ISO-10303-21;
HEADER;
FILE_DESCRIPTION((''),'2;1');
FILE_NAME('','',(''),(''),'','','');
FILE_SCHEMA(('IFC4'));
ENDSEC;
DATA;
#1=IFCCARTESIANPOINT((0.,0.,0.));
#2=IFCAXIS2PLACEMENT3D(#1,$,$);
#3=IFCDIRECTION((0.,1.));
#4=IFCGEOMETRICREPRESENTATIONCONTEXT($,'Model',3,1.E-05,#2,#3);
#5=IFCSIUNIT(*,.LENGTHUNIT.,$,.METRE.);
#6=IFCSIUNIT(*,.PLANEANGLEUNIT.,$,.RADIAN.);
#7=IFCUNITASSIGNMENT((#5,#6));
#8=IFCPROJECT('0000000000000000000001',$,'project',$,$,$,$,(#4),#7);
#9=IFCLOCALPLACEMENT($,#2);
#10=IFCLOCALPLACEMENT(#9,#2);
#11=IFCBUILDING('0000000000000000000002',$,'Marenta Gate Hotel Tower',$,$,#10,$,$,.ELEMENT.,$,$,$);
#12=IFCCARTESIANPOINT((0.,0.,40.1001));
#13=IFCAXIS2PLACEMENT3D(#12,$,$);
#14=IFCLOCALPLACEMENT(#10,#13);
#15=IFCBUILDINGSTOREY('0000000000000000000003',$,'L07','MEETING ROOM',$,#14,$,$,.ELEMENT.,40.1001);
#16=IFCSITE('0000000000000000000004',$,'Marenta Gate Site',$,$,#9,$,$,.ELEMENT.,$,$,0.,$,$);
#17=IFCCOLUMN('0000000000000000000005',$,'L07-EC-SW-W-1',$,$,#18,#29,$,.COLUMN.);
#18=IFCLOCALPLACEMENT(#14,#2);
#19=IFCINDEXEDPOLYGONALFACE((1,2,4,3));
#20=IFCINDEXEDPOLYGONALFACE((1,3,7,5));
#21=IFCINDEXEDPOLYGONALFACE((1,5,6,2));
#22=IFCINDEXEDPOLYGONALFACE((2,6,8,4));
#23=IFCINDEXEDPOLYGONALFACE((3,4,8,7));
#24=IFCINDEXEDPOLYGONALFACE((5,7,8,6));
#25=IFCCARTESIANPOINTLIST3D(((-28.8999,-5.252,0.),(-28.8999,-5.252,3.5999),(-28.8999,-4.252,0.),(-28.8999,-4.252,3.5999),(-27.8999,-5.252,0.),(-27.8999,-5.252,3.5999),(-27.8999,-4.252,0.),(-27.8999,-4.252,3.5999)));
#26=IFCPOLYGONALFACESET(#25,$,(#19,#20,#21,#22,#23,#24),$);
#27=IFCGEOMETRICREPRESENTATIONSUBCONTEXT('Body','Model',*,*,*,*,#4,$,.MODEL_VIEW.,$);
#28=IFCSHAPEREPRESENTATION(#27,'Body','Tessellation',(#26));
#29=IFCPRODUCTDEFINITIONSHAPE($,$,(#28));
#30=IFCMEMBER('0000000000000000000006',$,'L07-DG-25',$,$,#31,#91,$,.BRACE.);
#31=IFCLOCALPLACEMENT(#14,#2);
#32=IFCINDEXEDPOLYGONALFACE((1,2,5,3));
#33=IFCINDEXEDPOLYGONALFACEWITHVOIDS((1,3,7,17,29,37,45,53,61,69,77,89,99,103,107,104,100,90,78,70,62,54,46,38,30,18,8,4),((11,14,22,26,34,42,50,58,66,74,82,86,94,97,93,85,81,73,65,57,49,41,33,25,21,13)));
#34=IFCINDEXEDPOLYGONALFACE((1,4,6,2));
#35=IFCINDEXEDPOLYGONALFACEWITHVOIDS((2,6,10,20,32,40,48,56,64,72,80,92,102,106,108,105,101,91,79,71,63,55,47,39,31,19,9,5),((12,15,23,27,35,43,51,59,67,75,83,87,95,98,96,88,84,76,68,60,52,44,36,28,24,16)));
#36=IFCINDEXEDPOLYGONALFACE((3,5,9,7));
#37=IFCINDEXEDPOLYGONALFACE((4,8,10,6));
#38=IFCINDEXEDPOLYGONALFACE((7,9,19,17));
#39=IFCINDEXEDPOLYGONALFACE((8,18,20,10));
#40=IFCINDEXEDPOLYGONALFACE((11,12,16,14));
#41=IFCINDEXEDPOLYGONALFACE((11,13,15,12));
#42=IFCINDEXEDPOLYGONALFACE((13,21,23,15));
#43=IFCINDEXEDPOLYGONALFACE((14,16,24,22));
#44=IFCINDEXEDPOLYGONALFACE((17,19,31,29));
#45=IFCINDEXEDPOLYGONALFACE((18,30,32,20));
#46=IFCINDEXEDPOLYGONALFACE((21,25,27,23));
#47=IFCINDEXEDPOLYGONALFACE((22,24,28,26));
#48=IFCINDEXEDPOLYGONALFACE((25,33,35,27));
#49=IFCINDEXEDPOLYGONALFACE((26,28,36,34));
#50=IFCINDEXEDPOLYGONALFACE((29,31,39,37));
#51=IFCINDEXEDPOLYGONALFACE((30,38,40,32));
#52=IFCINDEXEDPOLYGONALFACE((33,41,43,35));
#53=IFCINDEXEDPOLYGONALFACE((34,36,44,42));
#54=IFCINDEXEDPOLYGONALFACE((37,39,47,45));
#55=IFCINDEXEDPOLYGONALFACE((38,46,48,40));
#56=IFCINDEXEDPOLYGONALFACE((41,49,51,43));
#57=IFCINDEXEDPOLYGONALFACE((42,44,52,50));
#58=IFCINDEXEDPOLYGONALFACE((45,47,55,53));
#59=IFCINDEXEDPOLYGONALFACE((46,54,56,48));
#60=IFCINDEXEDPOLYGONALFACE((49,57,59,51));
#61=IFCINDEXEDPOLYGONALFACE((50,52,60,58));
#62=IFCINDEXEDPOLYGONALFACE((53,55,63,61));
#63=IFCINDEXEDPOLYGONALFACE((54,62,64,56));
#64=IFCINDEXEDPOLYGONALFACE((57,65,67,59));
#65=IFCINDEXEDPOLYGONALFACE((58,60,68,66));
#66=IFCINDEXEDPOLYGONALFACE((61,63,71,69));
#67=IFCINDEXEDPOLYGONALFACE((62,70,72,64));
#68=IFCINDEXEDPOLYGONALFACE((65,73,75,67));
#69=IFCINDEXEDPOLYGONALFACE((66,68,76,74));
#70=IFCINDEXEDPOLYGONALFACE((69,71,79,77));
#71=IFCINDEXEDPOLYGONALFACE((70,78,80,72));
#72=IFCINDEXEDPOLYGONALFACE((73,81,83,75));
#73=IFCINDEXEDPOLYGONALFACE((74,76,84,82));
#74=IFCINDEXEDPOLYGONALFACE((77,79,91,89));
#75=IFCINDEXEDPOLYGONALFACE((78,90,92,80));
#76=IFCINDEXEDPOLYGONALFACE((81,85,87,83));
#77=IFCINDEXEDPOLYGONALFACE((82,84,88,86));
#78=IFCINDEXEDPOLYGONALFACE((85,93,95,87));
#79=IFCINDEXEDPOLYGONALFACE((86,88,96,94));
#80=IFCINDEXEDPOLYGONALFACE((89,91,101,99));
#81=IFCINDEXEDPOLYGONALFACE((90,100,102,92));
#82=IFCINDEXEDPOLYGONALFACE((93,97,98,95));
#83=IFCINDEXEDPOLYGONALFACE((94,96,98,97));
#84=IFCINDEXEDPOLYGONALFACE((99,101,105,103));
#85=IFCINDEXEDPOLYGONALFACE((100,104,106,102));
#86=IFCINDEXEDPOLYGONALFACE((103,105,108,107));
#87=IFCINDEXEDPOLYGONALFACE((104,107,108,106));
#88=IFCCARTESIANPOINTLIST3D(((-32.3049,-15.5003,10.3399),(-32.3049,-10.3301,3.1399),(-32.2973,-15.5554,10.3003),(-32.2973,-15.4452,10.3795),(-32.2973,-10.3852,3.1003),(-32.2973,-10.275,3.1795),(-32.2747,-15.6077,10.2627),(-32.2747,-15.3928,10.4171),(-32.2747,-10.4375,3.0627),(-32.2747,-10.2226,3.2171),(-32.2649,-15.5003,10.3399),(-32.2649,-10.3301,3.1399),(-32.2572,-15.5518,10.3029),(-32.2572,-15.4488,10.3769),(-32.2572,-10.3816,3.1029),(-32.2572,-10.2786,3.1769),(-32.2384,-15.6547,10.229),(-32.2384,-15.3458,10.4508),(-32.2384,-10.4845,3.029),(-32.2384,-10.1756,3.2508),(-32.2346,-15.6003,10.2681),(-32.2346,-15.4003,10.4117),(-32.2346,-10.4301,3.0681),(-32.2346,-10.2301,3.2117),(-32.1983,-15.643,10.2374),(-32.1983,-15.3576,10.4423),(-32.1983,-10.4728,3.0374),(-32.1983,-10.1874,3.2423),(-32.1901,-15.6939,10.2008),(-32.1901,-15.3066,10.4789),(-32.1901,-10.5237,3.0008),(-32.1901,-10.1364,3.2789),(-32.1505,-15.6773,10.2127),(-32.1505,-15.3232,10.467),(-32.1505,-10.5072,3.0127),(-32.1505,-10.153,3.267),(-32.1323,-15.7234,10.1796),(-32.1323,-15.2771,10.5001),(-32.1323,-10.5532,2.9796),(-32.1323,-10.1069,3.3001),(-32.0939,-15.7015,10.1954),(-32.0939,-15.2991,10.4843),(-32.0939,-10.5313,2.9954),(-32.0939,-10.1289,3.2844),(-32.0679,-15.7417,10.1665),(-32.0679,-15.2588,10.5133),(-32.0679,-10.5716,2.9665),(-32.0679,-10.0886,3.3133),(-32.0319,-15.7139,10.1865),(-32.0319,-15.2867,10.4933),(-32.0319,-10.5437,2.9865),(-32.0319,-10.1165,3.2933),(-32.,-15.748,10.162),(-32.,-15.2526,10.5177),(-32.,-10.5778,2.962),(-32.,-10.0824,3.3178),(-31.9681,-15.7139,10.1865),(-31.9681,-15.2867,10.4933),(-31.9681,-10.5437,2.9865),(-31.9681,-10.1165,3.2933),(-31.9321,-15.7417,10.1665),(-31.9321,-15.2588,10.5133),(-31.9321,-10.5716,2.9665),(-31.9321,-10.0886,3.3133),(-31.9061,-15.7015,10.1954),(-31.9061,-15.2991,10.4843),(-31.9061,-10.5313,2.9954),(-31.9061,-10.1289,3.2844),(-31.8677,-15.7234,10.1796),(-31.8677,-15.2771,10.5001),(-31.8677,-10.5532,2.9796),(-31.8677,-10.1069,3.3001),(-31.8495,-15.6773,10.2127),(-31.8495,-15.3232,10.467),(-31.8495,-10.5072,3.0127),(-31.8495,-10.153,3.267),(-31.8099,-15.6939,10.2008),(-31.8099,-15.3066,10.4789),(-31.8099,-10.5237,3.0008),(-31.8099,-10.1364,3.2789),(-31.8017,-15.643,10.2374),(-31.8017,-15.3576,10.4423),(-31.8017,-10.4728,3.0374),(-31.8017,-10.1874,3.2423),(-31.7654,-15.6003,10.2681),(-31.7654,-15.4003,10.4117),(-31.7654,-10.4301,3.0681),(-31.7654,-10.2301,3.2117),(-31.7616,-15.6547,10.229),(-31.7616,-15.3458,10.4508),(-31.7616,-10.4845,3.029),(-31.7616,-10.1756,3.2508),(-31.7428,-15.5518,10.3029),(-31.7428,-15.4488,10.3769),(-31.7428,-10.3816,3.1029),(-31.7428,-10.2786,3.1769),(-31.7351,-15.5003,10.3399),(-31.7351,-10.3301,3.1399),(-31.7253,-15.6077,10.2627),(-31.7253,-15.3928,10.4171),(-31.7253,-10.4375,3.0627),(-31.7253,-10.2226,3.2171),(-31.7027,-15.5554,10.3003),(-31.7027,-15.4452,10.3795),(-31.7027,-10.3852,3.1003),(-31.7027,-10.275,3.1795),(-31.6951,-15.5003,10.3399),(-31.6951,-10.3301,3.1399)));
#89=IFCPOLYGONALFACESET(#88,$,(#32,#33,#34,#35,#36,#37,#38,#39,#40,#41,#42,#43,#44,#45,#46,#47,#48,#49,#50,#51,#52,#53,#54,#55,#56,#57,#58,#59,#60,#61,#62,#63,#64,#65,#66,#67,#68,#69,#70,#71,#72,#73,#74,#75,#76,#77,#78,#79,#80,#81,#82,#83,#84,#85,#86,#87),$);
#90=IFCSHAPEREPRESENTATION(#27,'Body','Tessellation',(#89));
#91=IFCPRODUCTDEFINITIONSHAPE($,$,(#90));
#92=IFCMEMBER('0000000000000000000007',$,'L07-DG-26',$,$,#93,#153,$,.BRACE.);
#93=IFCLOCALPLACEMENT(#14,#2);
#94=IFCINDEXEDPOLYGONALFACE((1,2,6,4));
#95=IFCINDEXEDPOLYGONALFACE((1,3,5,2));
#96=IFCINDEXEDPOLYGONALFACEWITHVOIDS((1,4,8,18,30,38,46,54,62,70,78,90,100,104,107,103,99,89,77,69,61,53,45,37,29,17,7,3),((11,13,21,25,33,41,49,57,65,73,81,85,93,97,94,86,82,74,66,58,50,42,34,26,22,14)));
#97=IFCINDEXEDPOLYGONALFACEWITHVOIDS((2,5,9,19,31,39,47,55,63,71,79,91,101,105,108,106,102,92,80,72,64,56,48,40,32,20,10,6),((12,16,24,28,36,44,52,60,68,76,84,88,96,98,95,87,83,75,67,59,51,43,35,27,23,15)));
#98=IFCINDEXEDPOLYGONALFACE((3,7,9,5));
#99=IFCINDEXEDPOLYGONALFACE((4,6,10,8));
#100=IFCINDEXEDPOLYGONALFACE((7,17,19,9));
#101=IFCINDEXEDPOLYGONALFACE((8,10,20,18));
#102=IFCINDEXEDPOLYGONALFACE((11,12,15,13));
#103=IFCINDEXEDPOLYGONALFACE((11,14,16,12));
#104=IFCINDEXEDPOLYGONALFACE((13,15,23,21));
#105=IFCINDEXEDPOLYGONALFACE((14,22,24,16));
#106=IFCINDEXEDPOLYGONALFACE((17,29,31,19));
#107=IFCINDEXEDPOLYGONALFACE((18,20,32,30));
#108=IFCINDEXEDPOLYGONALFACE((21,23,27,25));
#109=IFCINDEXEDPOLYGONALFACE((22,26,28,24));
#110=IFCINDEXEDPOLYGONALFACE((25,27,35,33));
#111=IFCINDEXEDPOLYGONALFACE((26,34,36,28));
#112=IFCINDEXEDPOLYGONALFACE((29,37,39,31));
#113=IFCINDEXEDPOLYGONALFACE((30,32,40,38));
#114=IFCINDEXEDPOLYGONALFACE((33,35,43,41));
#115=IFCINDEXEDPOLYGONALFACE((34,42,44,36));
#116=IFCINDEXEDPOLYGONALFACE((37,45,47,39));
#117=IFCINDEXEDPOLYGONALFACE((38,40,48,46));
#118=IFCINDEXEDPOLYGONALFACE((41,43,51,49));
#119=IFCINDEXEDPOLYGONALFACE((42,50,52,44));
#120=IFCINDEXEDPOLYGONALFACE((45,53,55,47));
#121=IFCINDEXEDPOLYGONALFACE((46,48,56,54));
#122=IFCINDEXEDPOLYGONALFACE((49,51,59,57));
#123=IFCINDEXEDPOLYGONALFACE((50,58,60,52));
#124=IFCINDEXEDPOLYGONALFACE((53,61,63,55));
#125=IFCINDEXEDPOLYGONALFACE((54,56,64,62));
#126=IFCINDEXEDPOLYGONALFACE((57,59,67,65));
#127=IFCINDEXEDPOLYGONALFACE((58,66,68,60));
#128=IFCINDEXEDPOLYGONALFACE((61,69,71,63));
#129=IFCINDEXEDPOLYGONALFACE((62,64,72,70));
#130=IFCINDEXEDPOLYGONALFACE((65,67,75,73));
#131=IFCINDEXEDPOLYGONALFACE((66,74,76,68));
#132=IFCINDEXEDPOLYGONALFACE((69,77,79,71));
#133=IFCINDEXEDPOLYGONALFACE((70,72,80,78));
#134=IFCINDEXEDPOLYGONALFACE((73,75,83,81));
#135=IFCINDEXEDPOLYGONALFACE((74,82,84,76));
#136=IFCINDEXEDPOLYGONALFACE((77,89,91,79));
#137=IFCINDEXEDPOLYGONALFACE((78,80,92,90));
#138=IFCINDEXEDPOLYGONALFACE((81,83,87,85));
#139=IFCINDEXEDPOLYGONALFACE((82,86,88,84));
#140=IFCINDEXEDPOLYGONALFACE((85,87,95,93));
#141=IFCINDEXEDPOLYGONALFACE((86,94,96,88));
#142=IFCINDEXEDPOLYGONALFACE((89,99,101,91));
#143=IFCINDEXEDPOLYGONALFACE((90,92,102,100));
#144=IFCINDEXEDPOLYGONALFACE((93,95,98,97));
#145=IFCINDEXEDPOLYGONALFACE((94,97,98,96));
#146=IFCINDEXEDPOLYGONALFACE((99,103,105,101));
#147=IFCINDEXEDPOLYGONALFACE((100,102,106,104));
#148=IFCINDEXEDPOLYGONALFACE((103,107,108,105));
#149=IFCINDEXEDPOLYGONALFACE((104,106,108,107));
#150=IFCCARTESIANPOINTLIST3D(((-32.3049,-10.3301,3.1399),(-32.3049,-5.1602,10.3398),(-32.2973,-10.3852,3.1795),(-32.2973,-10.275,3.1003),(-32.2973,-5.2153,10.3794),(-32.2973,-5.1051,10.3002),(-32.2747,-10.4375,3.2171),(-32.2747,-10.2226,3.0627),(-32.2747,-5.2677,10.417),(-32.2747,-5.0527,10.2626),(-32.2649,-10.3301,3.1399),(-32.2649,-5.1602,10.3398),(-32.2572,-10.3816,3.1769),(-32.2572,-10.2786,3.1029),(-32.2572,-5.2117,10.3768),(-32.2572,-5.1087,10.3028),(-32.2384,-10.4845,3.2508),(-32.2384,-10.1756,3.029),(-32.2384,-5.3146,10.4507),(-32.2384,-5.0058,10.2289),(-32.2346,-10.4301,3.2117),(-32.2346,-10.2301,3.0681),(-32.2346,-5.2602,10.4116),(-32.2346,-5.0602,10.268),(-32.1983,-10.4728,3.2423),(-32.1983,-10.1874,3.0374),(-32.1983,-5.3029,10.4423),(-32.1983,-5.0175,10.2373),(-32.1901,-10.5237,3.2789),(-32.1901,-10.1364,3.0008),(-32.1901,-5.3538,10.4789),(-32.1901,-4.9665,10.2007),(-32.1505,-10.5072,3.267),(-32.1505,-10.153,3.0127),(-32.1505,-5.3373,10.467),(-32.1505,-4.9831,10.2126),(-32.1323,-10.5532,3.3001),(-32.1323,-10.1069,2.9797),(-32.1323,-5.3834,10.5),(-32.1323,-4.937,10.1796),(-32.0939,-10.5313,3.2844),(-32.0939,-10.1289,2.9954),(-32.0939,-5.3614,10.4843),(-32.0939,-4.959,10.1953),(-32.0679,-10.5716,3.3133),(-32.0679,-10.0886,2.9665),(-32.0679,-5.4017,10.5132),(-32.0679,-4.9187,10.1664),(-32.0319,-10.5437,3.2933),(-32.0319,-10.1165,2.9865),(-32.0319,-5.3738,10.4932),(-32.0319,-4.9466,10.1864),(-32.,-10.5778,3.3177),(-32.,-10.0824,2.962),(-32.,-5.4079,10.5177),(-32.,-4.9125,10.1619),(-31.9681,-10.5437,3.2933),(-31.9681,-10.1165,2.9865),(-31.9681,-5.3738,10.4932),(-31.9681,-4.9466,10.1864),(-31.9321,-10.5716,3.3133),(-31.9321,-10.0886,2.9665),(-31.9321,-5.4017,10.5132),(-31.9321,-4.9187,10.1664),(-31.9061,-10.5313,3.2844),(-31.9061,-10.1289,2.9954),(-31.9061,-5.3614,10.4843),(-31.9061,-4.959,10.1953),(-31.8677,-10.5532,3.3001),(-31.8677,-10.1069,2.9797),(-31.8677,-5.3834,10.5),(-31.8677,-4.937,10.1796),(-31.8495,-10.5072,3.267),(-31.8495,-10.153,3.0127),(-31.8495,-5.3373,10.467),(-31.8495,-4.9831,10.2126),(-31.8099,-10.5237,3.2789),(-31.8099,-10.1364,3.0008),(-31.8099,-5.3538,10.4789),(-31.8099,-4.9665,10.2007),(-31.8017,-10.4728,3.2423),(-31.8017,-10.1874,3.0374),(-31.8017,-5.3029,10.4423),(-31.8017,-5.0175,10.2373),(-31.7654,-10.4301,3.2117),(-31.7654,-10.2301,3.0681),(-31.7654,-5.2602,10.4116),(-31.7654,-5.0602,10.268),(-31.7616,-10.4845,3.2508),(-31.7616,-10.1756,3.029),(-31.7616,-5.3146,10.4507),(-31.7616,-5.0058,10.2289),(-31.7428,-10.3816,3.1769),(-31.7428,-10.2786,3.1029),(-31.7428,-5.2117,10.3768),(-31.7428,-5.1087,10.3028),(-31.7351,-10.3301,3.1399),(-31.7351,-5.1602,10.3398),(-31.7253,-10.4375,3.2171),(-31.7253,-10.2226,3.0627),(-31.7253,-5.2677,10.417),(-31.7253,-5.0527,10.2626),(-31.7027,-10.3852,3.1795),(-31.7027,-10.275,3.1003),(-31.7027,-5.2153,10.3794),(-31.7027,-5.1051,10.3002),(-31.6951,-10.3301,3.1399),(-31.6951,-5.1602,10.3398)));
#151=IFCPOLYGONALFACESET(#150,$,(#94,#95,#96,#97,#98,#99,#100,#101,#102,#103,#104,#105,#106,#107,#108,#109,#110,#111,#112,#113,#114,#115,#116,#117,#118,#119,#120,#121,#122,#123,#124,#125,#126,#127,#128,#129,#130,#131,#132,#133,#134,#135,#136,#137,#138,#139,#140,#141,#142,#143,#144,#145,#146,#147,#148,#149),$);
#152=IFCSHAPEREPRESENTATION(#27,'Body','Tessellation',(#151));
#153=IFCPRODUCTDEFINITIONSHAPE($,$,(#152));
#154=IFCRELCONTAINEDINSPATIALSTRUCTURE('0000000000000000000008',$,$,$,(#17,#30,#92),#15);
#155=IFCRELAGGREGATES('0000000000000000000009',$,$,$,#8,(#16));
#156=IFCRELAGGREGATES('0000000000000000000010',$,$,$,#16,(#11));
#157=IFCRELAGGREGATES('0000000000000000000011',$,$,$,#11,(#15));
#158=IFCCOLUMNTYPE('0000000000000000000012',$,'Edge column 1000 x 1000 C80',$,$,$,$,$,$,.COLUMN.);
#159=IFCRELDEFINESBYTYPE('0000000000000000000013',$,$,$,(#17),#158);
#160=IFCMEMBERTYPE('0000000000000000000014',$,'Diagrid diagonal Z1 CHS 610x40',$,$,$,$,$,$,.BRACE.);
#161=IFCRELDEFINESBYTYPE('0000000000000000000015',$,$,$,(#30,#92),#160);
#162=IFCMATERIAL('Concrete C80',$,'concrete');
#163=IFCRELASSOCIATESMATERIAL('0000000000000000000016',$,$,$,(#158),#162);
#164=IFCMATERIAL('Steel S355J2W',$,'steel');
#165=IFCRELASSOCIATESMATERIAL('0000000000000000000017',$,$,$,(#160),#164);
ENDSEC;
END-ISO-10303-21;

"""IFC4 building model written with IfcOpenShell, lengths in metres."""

from ifc_helpers import new_model, si_unit, direction, frame, origin, origin_2d, place, context, subcontext, project, spatial, rectangle, hollow_circle, extrude, material, material_profile, profile_set, type_object, element, save


model = new_model("IFC4")

# Units and contexts
model_context = context("Model", 3, precision=1e-05, world=origin(), true_north=direction((0.0, 1.0)))
body_context = subcontext(model_context, "Body", "Model", "MODEL_VIEW")
ifc_project = project(units=[si_unit("LENGTHUNIT", "METRE"), si_unit("PLANEANGLEUNIT", "RADIAN")], contexts=[model_context])

# Site, building, storey
site_placement = place(None, origin())
site = spatial("IfcSite", under=ifc_project, at=site_placement, Name="Marenta Gate Site", CompositionType="ELEMENT", RefElevation=0.0)
building_placement = place(site_placement, origin())
building = spatial("IfcBuilding", under=site, at=building_placement, Name="Marenta Gate Hotel Tower", CompositionType="ELEMENT")
storey_placement = place(building_placement, frame((0.0, 0.0, 40.1001)))
storey = spatial("IfcBuildingStorey", under=building, at=storey_placement, Name="L07", Description="MEETING ROOM", CompositionType="ELEMENT", Elevation=40.1001)

# Column
ifc_material_1 = material(Name="Concrete C80", Category="concrete")
ifc_material_profile_1 = material_profile(ifc_material_1, rectangle(XDim=1.0, YDim=1.0, at=origin_2d()), Name="1000 x 1000")
ifc_profile_set_1 = profile_set([ifc_material_profile_1], Name="Concrete C80")
column_type = type_object("IfcColumnType", Name="Edge column 1000 x 1000 C80", PredefinedType="COLUMN", material=ifc_profile_set_1)
column_placement = place(storey_placement, frame((-28.3999, -4.752, 0.0), z_axis=(0.0, 0.0, 1.0), x_axis=(1.0, 0.0, 0.0)))
element("IfcColumn", 1, at=column_placement, inside=storey, type_object=column_type, Name="L07-EC-SW-W-1", PredefinedType="COLUMN", context=body_context, shape_type="SweptSolid", body=[
    extrude(rectangle(XDim=1.0, YDim=1.0, at=origin_2d()), origin(), (0.0, 0.0, 1.0), 3.5999),
])

# Members
ifc_material_2 = material(Name="Steel S355J2W", Category="steel")
ifc_material_profile_2 = material_profile(ifc_material_2, hollow_circle(Radius=0.3049, WallThickness=0.04, at=origin_2d()), Name="CHS 610x40")
ifc_profile_set_2 = profile_set([ifc_material_profile_2], Name="Steel S355J2W")
member_type_1 = type_object("IfcMemberType", Name="Diagrid diagonal Z1 CHS 610x40", PredefinedType="BRACE", material=ifc_profile_set_2)
member_1_placement = place(storey_placement, frame((-32.0, -10.3301, 3.1399), z_axis=(0.0, -0.583279, 0.812272), x_axis=(1.0, 0.0, 0.0)))
element("IfcMember", 2, at=member_1_placement, inside=storey, type_object=member_type_1, Name="L07-DG-25", PredefinedType="BRACE", context=body_context, shape_type="SweptSolid", body=[
    extrude(hollow_circle(Radius=0.3049, WallThickness=0.04, at=origin_2d()), origin(), (0.0, 0.0, 1.0), 8.864),
])
member_2_placement = place(storey_placement, frame((-32.0, -10.3301, 3.1399), z_axis=(0.0, 0.583261, 0.812285), x_axis=(-1.0, 0.0, 0.0)))
element("IfcMember", 3, at=member_2_placement, inside=storey, type_object=member_type_1, Name="L07-DG-26", PredefinedType="BRACE", context=body_context, shape_type="SweptSolid", body=[
    extrude(hollow_circle(Radius=0.3049, WallThickness=0.04, at=origin_2d()), origin(), (0.0, 0.0, 1.0), 8.8638),
])

save(model, "model.ifc")
